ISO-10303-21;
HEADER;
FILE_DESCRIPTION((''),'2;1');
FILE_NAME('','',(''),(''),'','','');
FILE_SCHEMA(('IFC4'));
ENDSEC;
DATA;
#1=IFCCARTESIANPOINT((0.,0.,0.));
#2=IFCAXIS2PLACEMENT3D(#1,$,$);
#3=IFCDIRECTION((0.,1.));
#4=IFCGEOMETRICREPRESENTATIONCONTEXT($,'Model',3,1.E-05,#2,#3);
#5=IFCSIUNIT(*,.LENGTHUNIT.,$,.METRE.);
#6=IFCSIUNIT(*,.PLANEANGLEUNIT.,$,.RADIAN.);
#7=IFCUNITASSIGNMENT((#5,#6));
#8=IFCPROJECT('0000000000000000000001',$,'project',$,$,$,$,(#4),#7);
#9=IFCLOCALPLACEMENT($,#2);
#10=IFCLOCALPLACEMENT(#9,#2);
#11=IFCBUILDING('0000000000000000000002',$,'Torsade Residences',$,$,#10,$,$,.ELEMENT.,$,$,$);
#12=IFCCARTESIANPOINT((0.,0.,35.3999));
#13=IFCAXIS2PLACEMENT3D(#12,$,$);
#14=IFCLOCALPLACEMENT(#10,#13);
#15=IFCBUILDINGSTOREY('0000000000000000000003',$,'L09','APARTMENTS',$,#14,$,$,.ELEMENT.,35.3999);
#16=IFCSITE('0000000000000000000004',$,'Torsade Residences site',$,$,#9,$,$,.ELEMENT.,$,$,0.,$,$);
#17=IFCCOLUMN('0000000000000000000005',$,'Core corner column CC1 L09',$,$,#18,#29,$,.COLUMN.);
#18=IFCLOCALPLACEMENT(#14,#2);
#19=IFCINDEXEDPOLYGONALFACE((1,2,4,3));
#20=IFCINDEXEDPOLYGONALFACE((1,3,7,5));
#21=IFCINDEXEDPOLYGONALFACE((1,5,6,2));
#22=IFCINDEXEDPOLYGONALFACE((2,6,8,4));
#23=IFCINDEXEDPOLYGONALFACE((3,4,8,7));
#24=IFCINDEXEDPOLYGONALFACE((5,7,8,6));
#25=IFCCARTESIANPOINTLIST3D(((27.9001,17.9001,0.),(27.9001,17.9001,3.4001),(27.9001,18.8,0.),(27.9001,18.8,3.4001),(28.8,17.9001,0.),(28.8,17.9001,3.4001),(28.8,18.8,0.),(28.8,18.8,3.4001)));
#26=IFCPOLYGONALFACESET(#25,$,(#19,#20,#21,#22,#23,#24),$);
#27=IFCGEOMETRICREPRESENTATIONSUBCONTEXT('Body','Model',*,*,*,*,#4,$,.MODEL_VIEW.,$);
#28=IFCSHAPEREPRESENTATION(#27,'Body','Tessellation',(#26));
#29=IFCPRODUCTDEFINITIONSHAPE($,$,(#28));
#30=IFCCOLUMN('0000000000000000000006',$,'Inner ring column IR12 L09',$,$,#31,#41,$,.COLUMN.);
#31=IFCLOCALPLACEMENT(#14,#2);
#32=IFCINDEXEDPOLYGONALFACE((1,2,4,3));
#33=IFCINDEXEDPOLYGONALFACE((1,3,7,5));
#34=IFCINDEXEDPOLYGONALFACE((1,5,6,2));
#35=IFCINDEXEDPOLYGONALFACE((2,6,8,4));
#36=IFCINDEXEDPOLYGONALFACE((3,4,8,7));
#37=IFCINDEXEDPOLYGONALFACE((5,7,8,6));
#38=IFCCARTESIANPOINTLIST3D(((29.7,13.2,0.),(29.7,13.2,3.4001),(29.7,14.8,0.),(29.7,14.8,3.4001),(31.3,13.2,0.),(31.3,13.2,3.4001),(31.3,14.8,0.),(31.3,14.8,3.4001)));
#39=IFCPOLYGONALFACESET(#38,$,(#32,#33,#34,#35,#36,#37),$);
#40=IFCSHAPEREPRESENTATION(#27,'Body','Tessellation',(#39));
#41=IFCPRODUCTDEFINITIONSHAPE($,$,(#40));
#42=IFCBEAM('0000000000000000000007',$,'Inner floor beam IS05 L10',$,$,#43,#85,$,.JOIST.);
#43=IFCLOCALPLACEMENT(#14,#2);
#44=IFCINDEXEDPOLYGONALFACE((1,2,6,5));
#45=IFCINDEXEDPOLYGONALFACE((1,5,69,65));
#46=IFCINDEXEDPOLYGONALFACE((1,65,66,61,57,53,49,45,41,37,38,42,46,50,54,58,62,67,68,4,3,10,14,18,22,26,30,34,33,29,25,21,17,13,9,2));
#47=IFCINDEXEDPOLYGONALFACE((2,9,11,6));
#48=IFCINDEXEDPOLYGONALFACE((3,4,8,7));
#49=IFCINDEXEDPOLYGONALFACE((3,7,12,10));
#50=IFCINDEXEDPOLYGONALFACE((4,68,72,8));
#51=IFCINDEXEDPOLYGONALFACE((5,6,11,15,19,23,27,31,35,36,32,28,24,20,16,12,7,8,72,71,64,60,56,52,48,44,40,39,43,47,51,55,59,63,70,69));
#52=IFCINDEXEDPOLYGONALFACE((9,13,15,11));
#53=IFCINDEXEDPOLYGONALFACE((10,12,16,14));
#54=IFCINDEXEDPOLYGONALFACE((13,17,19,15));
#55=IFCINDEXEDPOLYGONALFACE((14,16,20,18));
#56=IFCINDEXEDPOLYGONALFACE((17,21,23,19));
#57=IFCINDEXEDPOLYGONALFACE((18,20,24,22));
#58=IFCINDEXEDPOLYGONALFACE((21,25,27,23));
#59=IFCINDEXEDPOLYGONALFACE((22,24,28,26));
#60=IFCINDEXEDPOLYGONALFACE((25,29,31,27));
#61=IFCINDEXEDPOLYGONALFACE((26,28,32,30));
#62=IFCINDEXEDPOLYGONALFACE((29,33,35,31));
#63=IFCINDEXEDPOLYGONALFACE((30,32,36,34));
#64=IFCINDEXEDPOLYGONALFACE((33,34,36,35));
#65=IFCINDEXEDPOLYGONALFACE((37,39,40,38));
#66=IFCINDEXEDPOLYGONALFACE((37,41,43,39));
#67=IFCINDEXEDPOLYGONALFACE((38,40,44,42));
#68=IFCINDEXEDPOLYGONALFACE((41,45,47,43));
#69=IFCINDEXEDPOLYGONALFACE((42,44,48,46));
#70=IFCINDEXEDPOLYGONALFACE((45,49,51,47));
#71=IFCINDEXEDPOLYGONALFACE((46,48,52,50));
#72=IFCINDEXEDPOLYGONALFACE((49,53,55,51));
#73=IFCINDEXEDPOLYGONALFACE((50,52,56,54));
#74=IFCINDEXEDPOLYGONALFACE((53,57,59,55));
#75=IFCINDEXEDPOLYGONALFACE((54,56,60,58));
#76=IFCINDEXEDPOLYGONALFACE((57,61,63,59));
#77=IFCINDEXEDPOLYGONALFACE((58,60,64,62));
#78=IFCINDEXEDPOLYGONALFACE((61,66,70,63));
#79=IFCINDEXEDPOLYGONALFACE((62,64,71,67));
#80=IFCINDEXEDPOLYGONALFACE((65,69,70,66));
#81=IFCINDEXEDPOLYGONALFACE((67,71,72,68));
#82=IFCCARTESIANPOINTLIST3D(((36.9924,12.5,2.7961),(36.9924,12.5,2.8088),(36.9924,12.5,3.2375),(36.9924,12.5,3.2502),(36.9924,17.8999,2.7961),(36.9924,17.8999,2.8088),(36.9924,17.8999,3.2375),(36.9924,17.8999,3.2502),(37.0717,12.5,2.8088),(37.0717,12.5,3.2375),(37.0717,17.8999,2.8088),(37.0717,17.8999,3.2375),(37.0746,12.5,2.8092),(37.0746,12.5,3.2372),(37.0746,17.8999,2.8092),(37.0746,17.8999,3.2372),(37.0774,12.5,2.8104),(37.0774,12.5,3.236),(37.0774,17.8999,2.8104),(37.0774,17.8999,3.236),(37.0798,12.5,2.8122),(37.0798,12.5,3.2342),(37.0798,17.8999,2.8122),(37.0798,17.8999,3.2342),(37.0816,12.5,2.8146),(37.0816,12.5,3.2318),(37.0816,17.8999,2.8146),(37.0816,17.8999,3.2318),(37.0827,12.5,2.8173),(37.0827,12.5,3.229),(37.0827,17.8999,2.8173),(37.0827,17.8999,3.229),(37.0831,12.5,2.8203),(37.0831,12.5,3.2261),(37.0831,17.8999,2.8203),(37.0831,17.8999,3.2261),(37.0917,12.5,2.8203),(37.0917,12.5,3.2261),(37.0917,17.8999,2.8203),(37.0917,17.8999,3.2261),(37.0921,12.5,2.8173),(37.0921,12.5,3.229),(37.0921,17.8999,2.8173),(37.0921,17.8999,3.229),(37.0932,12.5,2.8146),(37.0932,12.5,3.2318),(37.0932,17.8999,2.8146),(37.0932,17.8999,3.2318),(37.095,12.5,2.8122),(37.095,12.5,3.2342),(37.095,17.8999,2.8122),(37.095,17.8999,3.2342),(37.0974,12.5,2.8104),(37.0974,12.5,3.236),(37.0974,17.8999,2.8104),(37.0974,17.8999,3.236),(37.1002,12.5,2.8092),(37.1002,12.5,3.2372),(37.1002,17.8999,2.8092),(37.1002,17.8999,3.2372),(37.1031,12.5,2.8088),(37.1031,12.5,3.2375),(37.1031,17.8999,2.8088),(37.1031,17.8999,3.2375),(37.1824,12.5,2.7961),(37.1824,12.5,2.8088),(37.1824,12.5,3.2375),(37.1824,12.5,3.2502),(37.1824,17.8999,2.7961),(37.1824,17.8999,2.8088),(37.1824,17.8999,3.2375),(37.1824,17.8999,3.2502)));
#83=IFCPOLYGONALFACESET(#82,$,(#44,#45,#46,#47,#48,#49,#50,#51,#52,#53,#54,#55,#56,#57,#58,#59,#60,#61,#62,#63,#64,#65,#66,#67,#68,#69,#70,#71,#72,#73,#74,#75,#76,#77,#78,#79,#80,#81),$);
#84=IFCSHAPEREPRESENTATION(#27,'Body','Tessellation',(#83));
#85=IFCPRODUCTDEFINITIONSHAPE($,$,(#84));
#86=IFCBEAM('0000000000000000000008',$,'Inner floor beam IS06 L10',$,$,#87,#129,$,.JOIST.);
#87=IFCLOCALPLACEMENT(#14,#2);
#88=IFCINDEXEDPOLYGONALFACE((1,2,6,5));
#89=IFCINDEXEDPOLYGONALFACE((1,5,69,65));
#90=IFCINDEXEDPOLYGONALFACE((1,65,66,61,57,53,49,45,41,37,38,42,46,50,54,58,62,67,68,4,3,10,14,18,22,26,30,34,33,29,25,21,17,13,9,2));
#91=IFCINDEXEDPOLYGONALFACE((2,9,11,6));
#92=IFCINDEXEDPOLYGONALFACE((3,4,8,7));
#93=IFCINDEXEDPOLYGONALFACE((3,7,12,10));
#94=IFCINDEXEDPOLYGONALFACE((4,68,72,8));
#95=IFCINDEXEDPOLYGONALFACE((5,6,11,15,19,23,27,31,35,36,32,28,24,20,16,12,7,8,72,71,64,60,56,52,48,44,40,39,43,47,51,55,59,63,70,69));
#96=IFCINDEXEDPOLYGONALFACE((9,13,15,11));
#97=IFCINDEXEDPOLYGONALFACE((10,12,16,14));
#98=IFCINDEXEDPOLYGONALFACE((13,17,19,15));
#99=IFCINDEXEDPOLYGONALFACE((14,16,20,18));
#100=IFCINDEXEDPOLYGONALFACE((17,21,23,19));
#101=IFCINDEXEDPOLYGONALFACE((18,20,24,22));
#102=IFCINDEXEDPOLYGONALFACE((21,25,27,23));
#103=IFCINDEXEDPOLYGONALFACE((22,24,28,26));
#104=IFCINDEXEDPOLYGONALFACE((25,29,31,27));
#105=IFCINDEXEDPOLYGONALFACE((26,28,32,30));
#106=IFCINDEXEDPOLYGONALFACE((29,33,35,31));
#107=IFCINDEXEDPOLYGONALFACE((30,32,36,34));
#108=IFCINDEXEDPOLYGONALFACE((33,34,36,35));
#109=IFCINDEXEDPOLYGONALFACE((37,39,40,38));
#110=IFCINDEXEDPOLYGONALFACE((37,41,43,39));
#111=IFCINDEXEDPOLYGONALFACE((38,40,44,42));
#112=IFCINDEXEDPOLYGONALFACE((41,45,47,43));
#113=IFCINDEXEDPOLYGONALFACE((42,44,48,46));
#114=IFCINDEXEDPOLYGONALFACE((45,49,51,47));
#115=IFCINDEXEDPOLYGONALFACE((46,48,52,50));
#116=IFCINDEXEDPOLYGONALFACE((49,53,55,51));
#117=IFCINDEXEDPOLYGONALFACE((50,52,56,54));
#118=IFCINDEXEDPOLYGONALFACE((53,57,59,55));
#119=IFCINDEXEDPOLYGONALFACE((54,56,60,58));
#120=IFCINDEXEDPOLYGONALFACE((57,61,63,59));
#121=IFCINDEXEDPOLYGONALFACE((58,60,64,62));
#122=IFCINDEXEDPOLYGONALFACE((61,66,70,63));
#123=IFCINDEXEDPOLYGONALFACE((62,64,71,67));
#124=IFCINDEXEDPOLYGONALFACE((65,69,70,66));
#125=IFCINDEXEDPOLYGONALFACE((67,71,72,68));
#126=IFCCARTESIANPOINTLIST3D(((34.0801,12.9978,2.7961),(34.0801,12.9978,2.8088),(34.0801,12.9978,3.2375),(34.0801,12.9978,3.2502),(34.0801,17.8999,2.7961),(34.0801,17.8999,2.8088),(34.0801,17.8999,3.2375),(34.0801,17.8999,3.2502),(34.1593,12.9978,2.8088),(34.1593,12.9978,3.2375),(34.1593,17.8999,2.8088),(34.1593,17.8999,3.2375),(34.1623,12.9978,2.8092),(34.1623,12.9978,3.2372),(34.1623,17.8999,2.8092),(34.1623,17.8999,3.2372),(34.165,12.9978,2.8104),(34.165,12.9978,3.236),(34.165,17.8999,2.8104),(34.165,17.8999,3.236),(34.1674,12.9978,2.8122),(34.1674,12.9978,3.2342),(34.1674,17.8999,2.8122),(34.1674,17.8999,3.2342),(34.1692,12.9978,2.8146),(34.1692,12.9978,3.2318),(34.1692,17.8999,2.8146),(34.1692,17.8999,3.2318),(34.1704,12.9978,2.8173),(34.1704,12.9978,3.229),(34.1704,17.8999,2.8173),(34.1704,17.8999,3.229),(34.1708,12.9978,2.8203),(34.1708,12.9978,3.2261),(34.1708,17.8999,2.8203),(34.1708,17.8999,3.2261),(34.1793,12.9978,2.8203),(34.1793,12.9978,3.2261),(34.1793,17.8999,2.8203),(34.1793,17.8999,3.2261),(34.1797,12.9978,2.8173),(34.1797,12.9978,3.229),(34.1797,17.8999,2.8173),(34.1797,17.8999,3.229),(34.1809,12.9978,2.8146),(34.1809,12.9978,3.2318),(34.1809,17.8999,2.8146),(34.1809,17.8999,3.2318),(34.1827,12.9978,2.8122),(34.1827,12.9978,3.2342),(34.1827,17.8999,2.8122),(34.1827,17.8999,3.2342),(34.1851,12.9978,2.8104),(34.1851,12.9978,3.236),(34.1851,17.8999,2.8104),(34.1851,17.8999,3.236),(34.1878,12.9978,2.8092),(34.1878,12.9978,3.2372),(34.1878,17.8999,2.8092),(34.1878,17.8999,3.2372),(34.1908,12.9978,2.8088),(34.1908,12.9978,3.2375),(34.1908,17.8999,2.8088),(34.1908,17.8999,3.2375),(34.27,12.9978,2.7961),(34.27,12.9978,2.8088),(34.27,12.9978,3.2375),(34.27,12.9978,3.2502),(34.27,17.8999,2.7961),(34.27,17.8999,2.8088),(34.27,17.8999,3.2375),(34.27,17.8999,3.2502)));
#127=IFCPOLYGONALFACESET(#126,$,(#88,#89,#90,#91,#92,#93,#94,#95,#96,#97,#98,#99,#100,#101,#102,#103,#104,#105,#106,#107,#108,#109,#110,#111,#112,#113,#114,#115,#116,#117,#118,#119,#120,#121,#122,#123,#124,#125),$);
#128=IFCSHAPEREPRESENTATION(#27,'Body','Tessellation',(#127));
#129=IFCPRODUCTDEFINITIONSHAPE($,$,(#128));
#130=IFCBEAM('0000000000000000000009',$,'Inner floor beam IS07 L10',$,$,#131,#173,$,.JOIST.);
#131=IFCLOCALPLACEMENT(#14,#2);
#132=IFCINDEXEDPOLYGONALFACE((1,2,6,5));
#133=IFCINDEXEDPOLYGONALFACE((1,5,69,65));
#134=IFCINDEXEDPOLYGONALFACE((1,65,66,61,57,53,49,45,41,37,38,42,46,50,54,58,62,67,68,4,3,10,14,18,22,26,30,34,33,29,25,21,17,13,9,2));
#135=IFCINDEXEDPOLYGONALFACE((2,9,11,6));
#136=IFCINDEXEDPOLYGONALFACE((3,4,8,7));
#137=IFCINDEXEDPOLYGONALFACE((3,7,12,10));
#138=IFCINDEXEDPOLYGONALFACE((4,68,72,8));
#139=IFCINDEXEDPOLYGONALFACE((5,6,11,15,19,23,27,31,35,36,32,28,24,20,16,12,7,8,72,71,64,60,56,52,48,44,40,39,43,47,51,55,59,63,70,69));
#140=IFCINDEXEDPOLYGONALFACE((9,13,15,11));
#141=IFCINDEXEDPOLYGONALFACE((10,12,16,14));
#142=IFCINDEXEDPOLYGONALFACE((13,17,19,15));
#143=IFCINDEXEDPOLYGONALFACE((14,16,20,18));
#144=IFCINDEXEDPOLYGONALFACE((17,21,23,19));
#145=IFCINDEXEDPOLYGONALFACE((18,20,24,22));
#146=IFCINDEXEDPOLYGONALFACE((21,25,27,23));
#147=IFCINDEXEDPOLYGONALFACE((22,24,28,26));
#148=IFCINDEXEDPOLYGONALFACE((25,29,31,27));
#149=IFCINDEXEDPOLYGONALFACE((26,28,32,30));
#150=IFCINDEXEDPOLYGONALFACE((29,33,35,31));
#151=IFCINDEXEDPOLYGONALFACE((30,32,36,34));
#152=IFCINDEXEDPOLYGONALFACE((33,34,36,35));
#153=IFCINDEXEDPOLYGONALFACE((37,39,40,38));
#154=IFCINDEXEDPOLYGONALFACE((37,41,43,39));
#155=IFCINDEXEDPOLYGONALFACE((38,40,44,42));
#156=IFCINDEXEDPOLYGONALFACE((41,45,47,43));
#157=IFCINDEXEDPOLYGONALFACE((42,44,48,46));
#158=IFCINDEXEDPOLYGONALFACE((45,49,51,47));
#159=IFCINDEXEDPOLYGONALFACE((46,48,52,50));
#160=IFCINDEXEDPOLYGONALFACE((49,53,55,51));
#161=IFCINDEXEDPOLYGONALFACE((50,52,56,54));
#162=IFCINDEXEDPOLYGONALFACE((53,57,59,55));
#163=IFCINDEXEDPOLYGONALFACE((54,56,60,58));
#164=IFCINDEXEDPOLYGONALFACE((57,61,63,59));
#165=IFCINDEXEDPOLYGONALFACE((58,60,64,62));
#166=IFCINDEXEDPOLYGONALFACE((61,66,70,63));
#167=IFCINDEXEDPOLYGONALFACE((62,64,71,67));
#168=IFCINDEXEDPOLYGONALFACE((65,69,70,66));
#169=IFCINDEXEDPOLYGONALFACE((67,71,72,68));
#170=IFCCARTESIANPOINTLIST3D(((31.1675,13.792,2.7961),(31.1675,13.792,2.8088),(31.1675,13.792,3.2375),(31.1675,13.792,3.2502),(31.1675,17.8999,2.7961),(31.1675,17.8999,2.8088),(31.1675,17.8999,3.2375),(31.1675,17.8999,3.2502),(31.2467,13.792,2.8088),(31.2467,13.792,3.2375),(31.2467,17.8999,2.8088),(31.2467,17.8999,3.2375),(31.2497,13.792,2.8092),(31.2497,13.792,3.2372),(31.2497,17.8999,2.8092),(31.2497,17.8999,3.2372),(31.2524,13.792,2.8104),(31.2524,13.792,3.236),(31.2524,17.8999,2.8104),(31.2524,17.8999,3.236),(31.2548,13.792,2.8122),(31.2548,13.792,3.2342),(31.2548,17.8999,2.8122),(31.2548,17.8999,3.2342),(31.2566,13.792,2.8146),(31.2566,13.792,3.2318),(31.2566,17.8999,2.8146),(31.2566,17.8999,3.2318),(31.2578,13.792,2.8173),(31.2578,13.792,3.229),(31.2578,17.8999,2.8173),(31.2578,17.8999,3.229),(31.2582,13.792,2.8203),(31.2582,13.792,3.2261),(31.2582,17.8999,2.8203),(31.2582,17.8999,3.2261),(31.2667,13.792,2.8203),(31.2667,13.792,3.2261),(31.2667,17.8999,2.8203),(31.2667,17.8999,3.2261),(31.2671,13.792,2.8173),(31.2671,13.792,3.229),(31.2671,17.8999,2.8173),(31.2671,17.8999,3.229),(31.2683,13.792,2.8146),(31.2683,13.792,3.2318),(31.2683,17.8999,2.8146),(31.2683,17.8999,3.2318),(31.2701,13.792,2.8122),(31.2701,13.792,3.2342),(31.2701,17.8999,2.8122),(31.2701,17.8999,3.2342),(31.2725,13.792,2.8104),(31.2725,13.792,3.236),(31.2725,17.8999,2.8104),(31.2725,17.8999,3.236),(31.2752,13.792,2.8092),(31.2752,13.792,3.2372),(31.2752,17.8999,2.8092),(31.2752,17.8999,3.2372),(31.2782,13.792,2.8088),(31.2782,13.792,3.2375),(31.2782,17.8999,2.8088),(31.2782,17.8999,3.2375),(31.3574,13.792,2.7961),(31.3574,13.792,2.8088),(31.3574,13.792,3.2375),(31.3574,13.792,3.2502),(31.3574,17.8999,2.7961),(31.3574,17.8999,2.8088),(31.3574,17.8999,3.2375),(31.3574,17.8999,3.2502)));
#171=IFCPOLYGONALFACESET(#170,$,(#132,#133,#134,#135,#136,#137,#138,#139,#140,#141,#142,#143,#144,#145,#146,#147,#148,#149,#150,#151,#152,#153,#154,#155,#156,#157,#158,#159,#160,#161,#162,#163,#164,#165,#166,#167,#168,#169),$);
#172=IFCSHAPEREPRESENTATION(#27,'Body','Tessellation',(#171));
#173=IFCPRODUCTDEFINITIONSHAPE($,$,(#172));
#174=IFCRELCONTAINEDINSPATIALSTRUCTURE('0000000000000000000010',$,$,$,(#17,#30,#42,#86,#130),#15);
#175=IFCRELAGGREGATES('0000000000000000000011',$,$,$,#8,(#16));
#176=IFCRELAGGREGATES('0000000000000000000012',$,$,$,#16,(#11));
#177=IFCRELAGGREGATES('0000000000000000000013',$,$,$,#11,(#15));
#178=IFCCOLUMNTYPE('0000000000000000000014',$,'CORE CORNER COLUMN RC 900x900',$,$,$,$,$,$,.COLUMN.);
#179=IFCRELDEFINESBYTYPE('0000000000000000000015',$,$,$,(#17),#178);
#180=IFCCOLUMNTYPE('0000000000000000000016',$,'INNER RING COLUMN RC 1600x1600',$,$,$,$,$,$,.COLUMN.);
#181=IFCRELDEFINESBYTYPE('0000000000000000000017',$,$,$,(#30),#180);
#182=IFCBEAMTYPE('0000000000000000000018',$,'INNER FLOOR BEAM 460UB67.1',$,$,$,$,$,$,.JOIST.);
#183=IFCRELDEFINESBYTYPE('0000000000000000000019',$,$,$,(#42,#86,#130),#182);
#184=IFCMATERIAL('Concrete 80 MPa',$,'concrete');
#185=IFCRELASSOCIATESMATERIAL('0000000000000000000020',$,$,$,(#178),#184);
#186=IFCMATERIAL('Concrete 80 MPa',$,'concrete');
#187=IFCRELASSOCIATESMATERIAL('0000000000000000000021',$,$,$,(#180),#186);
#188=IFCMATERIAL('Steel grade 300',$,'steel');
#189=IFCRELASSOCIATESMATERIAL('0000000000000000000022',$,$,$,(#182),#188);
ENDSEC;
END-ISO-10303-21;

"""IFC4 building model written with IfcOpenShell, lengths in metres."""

from ifc_helpers import new_model, si_unit, direction, frame, origin, origin_2d, place, context, subcontext, project, spatial, rectangle, i_section, extrude, material, material_profile, profile_set, type_object, element, save


model = new_model("IFC4")

# Units and contexts
model_context = context("Model", 3, precision=1e-05, world=origin(), true_north=direction((0.0, 1.0)))
body_context = subcontext(model_context, "Body", "Model", "MODEL_VIEW")
ifc_project = project(units=[si_unit("LENGTHUNIT", "METRE"), si_unit("PLANEANGLEUNIT", "RADIAN")], contexts=[model_context])

# Site, building, storey
site_placement = place(None, origin())
site = spatial("IfcSite", under=ifc_project, at=site_placement, Name="Torsade Residences site", CompositionType="ELEMENT", RefElevation=0.0)
building_placement = place(site_placement, origin())
building = spatial("IfcBuilding", under=site, at=building_placement, Name="Torsade Residences", CompositionType="ELEMENT")
storey_placement = place(building_placement, frame((0.0, 0.0, 35.3999)))
storey = spatial("IfcBuildingStorey", under=building, at=storey_placement, Name="L09", Description="APARTMENTS", CompositionType="ELEMENT", Elevation=35.3999)

# Columns
ifc_material_1 = material(Name="Concrete 80 MPa", Category="concrete")
ifc_material_profile_1 = material_profile(ifc_material_1, rectangle(XDim=0.8999, YDim=0.8999, at=origin_2d()), Name="RC 900x900")
ifc_profile_set_1 = profile_set([ifc_material_profile_1], Name="Concrete 80 MPa")
column_type_1 = type_object("IfcColumnType", Name="CORE CORNER COLUMN RC 900x900", PredefinedType="COLUMN", material=ifc_profile_set_1)
column_1_placement = place(storey_placement, frame((28.3501, 18.3501, 0.0), z_axis=(0.0, 0.0, 1.0), x_axis=(1.0, 0.0, 0.0)))
element("IfcColumn", 1, at=column_1_placement, inside=storey, type_object=column_type_1, Name="Core corner column CC1 L09", PredefinedType="COLUMN", context=body_context, shape_type="SweptSolid", body=[
    extrude(rectangle(XDim=0.8999, YDim=0.8999, at=origin_2d()), origin(), (0.0, 0.0, 1.0), 3.4001),
])
ifc_material_2 = material(Name="Concrete 80 MPa", Category="concrete")
ifc_material_profile_2 = material_profile(ifc_material_2, rectangle(XDim=1.6001, YDim=1.6001, at=origin_2d()), Name="RC 1600x1600")
ifc_profile_set_2 = profile_set([ifc_material_profile_2], Name="Concrete 80 MPa")
column_type_2 = type_object("IfcColumnType", Name="INNER RING COLUMN RC 1600x1600", PredefinedType="COLUMN", material=ifc_profile_set_2)
column_2_placement = place(storey_placement, frame((30.5, 14.0, 0.0), z_axis=(0.0, 0.0, 1.0), x_axis=(1.0, 0.0, 0.0)))
element("IfcColumn", 2, at=column_2_placement, inside=storey, type_object=column_type_2, Name="Inner ring column IR12 L09", PredefinedType="COLUMN", context=body_context, shape_type="SweptSolid", body=[
    extrude(rectangle(XDim=1.6001, YDim=1.6001, at=origin_2d()), origin(), (0.0, 0.0, 1.0), 3.4001),
])

# Beams
ifc_material_3 = material(Name="Steel grade 300", Category="steel")
ifc_material_profile_3 = material_profile(ifc_material_3, i_section(OverallWidth=0.1899, OverallDepth=0.4541, WebThickness=0.0085, FlangeThickness=0.0127, FilletRadius=0.0115, at=origin_2d()), Name="460UB67.1")
ifc_profile_set_3 = profile_set([ifc_material_profile_3], Name="Steel grade 300")
beam_type_1 = type_object("IfcBeamType", Name="INNER FLOOR BEAM 460UB67.1", PredefinedType="JOIST", material=ifc_profile_set_3)
beam_1_placement = place(storey_placement, frame((37.0874, 17.8999, 3.0232), z_axis=(0.0, -1.0, 0.0), x_axis=(1.0, 0.0, 0.0)))
element("IfcBeam", 3, at=beam_1_placement, inside=storey, type_object=beam_type_1, Name="Inner floor beam IS05 L10", PredefinedType="JOIST", context=body_context, shape_type="SweptSolid", body=[
    extrude(i_section(OverallWidth=0.1899, OverallDepth=0.4541, WebThickness=0.0085, FlangeThickness=0.0127, FilletRadius=0.0115, at=origin_2d()), origin(), (0.0, 0.0, 1.0), 5.3999),
])
beam_2_placement = place(storey_placement, frame((34.175, 17.8999, 3.0232), z_axis=(0.0, -1.0, 0.0), x_axis=(1.0, 0.0, 0.0)))
element("IfcBeam", 4, at=beam_2_placement, inside=storey, type_object=beam_type_1, Name="Inner floor beam IS06 L10", PredefinedType="JOIST", context=body_context, shape_type="SweptSolid", body=[
    extrude(i_section(OverallWidth=0.1899, OverallDepth=0.4541, WebThickness=0.0085, FlangeThickness=0.0127, FilletRadius=0.0115, at=origin_2d()), origin(), (0.0, 0.0, 1.0), 4.9021),
])
beam_3_placement = place(storey_placement, frame((31.2625, 17.8999, 3.0232), z_axis=(0.0, -1.0, 0.0), x_axis=(1.0, 0.0, 0.0)))
element("IfcBeam", 5, at=beam_3_placement, inside=storey, type_object=beam_type_1, Name="Inner floor beam IS07 L10", PredefinedType="JOIST", context=body_context, shape_type="SweptSolid", body=[
    extrude(i_section(OverallWidth=0.1899, OverallDepth=0.4541, WebThickness=0.0085, FlangeThickness=0.0127, FilletRadius=0.0115, at=origin_2d()), origin(), (0.0, 0.0, 1.0), 4.1079),
])

save(model, "model.ifc")
